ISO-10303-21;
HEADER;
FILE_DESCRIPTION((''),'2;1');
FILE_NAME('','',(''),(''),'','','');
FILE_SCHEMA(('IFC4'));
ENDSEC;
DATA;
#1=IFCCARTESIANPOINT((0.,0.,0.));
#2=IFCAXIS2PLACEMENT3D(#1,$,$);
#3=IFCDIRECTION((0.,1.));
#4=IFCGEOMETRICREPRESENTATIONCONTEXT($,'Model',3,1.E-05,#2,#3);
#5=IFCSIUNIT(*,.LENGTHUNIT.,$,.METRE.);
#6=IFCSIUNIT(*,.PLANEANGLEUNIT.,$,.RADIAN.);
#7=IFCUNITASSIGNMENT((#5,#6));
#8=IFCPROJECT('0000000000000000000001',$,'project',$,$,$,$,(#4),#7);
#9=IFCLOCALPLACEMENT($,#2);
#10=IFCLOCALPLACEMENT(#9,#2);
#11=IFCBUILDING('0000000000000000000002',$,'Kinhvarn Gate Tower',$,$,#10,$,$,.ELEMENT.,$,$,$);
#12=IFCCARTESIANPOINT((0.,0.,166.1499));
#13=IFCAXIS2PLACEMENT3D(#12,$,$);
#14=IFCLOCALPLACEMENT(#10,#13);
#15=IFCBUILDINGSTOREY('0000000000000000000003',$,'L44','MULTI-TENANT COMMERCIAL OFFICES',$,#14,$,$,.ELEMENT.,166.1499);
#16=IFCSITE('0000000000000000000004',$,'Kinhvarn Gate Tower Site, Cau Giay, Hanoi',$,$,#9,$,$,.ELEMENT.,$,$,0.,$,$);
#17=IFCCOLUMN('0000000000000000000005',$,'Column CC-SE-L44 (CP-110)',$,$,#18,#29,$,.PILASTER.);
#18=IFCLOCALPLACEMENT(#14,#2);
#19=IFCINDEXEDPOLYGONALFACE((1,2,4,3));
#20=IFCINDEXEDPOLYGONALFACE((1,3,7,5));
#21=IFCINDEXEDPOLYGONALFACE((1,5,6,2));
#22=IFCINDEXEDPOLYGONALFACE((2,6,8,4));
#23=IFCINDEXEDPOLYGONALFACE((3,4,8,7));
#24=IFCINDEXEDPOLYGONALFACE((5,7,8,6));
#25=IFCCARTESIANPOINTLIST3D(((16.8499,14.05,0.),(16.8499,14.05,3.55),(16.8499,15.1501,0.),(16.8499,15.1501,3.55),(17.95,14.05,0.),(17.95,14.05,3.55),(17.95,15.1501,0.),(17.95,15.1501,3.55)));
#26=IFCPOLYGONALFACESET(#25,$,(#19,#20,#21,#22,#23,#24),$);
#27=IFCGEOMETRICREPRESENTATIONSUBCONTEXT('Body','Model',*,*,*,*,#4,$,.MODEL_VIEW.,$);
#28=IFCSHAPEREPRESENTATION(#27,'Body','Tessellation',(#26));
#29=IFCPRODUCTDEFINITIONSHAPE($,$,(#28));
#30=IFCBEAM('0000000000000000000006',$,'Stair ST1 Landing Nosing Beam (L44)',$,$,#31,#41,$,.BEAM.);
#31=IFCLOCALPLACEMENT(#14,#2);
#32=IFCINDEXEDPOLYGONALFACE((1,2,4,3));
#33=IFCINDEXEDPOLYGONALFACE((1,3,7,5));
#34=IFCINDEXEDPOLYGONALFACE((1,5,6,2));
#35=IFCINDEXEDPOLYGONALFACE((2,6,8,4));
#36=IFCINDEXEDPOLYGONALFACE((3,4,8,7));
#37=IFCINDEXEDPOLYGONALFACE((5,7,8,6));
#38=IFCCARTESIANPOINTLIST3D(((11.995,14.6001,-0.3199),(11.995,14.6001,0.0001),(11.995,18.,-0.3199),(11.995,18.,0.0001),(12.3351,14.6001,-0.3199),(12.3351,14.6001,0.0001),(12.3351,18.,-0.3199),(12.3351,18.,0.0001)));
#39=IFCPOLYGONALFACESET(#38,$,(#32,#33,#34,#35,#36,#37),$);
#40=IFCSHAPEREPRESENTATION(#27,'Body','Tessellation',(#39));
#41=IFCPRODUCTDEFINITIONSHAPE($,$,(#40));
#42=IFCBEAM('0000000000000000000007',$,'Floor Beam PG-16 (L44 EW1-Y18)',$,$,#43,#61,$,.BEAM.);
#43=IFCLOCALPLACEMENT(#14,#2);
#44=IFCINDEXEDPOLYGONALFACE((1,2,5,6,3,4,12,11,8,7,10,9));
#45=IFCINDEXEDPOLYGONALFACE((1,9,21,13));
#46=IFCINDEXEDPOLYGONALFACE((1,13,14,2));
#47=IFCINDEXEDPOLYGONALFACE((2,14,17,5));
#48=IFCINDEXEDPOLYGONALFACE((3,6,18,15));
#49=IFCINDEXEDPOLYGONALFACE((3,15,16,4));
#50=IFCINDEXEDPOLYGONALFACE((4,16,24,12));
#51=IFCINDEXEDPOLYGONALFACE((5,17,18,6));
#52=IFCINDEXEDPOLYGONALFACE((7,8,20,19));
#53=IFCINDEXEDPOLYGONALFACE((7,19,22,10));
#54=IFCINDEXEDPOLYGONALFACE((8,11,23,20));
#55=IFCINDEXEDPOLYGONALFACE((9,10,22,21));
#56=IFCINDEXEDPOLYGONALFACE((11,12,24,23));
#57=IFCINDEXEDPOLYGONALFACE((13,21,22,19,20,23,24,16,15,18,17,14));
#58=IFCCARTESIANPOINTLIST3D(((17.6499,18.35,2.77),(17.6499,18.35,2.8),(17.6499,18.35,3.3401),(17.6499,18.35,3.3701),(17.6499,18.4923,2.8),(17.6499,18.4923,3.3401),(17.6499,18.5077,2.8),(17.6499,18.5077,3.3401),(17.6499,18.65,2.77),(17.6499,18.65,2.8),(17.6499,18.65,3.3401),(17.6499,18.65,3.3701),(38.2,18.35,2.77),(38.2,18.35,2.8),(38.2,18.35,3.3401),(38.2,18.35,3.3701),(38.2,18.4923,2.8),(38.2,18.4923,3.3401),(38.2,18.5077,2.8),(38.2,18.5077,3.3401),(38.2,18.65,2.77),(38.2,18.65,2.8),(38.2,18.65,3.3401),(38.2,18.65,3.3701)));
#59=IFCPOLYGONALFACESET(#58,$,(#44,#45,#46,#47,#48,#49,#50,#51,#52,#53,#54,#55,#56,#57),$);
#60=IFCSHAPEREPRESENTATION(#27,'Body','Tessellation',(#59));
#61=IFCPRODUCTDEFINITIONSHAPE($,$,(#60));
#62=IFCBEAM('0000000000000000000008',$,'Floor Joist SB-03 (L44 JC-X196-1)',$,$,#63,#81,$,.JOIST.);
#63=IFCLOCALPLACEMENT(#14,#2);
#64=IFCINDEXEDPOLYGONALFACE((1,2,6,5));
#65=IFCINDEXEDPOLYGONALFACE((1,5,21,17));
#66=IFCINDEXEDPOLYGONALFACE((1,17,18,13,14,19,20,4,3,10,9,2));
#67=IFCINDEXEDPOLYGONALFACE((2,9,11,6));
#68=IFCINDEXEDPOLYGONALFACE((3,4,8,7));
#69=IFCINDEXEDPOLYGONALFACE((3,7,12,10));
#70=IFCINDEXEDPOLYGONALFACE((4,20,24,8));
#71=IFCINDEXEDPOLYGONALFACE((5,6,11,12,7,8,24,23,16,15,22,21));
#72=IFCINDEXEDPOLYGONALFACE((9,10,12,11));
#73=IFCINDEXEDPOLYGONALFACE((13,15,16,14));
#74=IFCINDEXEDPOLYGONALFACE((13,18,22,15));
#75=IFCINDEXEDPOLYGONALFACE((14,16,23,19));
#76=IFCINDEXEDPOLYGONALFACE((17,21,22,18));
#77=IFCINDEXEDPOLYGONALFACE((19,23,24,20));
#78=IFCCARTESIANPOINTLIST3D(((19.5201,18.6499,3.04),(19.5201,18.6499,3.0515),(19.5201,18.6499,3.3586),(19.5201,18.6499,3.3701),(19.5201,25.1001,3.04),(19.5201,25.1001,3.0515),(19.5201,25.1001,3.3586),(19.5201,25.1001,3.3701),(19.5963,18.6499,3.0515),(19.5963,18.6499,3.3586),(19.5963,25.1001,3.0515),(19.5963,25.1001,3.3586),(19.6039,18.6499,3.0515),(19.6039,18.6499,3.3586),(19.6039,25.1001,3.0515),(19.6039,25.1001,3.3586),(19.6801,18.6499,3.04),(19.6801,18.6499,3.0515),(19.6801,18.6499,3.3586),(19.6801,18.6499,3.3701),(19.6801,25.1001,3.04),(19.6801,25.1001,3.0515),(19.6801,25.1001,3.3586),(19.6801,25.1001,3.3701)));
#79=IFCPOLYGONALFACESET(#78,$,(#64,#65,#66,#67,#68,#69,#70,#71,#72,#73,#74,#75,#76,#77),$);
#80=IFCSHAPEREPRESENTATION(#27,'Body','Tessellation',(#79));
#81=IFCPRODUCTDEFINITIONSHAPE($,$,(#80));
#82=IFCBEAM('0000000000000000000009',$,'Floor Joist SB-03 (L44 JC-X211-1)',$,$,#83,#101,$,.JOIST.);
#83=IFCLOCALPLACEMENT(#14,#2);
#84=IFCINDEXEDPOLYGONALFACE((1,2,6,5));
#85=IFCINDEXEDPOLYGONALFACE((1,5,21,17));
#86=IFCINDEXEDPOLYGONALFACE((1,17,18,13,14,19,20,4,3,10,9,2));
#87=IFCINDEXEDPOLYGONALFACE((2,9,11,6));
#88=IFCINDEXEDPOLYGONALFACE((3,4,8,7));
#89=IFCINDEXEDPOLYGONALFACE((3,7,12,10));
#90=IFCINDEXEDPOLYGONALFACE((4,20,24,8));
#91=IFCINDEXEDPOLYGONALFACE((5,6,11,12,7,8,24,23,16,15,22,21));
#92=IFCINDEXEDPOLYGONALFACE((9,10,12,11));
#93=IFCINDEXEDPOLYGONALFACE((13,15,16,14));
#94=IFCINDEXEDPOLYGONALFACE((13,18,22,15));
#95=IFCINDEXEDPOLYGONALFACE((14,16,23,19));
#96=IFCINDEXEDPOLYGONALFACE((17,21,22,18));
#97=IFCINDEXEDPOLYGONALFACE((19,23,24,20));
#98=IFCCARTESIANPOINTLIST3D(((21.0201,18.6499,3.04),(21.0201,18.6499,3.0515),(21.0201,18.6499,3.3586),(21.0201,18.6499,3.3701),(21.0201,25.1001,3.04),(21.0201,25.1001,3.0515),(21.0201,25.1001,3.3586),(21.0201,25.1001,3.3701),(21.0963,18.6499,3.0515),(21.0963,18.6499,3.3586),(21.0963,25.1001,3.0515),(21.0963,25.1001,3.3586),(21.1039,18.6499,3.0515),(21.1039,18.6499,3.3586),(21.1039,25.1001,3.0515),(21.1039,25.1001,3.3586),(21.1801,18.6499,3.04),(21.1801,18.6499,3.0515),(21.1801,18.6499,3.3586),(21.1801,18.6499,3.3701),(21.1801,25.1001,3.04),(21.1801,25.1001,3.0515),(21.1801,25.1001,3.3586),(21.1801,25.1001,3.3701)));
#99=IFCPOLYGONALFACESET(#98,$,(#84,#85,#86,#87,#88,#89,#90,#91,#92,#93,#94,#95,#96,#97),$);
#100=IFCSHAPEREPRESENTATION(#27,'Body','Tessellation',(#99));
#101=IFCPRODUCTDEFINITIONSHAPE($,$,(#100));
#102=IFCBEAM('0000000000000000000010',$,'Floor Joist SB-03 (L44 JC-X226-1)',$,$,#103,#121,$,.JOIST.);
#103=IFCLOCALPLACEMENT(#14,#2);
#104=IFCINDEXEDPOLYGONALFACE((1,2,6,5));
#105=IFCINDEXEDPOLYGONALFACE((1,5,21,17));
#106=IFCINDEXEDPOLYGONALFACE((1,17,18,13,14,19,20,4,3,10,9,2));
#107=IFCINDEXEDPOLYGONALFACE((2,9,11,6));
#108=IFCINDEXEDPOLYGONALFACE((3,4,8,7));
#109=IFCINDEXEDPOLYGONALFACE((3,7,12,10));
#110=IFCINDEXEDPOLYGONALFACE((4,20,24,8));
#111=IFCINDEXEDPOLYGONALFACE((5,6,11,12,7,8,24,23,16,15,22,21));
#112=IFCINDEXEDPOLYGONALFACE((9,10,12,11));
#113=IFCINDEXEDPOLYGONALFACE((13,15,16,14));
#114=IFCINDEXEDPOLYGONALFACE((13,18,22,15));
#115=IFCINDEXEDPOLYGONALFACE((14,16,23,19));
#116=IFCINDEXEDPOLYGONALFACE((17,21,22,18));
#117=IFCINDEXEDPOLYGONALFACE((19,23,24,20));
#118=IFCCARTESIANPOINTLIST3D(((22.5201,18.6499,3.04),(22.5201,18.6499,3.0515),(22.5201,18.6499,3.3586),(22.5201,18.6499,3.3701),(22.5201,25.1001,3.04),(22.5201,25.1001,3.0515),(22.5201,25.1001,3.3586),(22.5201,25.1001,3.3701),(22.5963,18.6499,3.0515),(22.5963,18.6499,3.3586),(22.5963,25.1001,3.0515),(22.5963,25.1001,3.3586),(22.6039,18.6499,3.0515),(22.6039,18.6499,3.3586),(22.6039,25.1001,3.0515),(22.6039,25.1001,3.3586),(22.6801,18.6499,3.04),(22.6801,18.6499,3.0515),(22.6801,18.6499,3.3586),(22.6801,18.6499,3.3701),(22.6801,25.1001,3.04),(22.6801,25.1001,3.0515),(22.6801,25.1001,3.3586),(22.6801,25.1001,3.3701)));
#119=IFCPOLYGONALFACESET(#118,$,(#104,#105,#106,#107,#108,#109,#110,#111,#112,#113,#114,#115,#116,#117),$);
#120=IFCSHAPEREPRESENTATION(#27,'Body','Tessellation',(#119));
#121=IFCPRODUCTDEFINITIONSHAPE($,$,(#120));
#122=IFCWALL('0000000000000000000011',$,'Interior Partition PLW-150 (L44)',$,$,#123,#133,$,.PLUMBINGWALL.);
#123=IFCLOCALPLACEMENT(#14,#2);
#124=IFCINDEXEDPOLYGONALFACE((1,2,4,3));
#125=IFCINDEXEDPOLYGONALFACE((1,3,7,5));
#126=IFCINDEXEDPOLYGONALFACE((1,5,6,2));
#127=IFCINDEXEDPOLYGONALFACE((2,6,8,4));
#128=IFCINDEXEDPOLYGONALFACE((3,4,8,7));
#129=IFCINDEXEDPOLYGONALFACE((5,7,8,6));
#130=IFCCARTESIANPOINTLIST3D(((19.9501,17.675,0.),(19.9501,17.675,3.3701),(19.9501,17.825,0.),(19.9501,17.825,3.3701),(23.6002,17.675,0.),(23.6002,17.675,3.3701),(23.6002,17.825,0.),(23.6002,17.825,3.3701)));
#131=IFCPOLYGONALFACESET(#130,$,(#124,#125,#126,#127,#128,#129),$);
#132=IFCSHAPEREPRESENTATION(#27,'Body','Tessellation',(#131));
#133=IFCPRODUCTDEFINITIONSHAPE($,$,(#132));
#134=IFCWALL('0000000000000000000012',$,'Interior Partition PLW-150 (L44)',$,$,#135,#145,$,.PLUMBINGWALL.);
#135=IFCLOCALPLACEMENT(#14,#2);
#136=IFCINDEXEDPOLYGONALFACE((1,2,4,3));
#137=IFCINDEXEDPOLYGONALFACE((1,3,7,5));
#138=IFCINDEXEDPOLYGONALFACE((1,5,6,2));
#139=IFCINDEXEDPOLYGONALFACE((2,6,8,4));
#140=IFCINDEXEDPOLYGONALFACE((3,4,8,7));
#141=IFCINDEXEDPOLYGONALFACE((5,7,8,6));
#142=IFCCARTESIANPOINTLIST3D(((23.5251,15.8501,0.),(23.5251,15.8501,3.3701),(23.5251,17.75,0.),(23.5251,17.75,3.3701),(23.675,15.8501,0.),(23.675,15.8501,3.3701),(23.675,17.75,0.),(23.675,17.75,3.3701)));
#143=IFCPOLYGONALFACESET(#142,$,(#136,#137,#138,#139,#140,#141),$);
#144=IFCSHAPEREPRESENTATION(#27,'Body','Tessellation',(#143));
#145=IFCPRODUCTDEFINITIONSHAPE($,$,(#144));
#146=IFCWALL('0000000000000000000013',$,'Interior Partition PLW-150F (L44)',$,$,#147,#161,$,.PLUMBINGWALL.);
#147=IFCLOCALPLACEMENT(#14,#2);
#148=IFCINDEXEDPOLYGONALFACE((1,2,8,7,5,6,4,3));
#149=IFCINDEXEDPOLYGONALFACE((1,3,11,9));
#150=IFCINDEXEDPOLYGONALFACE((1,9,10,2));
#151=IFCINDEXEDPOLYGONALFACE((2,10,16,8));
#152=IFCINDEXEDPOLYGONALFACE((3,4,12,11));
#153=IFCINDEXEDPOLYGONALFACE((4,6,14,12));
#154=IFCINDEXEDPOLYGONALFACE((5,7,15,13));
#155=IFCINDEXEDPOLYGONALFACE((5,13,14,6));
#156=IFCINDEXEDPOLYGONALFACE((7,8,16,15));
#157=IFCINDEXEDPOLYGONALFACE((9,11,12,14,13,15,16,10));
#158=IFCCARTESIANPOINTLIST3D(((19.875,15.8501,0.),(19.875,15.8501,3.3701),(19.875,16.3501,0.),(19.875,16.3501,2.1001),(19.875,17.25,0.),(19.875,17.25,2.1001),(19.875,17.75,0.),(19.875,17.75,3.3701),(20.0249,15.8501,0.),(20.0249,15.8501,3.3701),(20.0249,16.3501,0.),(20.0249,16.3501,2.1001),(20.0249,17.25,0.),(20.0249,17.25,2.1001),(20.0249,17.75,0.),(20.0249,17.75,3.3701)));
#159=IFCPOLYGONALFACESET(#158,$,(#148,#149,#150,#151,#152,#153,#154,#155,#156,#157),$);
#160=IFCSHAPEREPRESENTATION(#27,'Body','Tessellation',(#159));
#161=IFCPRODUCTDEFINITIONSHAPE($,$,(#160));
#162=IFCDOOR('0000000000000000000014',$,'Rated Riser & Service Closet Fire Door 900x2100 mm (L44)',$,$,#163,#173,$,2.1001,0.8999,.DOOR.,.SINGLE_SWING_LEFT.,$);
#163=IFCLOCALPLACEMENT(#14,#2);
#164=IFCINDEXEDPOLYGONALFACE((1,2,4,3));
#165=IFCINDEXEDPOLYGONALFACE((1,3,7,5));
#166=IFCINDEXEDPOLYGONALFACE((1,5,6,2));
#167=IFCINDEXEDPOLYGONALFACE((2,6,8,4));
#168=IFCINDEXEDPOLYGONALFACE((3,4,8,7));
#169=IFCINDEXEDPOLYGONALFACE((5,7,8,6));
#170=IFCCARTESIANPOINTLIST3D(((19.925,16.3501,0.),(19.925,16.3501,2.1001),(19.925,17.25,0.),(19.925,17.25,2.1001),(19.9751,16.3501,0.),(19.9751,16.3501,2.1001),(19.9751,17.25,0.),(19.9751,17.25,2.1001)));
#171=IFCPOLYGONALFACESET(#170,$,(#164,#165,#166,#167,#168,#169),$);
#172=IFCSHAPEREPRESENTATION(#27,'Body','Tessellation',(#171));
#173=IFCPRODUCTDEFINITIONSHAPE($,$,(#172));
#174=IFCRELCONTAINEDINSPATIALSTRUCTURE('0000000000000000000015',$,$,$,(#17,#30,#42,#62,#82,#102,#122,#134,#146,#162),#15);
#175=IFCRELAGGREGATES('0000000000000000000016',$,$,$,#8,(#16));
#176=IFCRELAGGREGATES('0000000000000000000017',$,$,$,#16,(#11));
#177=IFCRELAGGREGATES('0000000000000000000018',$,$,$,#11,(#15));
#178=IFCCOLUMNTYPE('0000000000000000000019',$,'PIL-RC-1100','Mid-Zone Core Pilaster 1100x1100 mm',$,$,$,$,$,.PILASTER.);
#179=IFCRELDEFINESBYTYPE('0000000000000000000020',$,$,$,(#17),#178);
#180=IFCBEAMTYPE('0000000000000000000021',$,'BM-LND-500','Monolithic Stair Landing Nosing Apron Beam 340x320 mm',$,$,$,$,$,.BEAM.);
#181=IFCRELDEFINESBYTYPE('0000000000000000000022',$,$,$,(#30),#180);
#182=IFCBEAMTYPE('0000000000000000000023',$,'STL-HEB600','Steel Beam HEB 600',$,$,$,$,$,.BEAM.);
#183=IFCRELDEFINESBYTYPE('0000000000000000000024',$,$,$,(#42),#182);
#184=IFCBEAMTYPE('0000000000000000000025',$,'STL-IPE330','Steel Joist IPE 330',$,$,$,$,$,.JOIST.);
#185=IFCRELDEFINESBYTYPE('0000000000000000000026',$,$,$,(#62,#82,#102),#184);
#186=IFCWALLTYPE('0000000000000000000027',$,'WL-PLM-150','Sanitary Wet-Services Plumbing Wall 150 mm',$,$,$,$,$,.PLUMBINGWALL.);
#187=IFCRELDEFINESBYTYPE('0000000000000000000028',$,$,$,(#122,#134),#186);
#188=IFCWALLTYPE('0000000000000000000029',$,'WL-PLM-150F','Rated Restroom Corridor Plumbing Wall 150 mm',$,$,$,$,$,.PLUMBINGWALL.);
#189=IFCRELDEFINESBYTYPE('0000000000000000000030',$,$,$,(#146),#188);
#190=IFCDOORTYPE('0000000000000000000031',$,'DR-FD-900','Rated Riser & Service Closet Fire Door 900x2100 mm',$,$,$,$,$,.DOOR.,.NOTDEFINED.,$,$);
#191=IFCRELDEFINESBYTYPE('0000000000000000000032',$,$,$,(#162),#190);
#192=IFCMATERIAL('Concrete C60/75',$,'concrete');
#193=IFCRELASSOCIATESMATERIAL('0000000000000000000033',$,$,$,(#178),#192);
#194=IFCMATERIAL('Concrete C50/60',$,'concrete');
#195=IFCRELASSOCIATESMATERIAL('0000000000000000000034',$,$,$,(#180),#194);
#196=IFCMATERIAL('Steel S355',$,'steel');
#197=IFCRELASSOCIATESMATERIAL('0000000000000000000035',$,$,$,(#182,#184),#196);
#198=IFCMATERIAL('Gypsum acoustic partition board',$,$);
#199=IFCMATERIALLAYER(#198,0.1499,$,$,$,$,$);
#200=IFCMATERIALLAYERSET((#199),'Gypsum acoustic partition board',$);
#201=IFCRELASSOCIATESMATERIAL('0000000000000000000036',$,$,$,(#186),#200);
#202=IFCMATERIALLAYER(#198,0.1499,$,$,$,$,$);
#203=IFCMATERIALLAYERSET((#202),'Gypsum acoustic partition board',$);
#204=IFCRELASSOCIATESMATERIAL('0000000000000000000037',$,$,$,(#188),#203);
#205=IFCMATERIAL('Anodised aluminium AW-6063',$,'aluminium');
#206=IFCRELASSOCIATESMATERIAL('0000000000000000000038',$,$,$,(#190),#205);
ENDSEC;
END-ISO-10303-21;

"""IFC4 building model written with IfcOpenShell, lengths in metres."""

from ifc_helpers import new_model, si_unit, direction, frame, frame_2d, origin, origin_2d, place, context, subcontext, project, spatial, rectangle, i_section, extrude, material, layer, layer_set, material_profile, profile_set, type_object, element, fill, save


model = new_model("IFC4")

# Units and contexts
model_context = context("Model", 3, precision=1e-05, world=origin(), true_north=direction((0.0, 1.0)))
body_context = subcontext(model_context, "Body", "Model", "MODEL_VIEW")
ifc_project = project(units=[si_unit("LENGTHUNIT", "METRE"), si_unit("PLANEANGLEUNIT", "RADIAN")], contexts=[model_context])

# Site, building, storey
site_placement = place(None, origin())
site = spatial("IfcSite", under=ifc_project, at=site_placement, Name="Kinhvarn Gate Tower Site, Cau Giay, Hanoi", CompositionType="ELEMENT", RefElevation=0.0)
building_placement = place(site_placement, origin())
building = spatial("IfcBuilding", under=site, at=building_placement, Name="Kinhvarn Gate Tower", CompositionType="ELEMENT")
storey_placement = place(building_placement, frame((0.0, 0.0, 166.1499)))
storey = spatial("IfcBuildingStorey", under=building, at=storey_placement, Name="L44", Description="MULTI-TENANT COMMERCIAL OFFICES", CompositionType="ELEMENT", Elevation=166.1499)

# Column
ifc_material_1 = material(Name="Concrete C60/75", Category="concrete")
ifc_material_profile_1 = material_profile(ifc_material_1, rectangle(XDim=1.1001, YDim=1.1001, at=origin_2d()), Name="RC 1100x1100")
ifc_profile_set_1 = profile_set([ifc_material_profile_1], Name="Concrete C60/75")
column_type = type_object("IfcColumnType", Name="PIL-RC-1100", Description="Mid-Zone Core Pilaster 1100x1100 mm", PredefinedType="PILASTER", material=ifc_profile_set_1)
column_placement = place(storey_placement, frame((17.3999, 14.6001, 0.0), z_axis=(0.0, 0.0, 1.0), x_axis=(1.0, 0.0, 0.0)))
element("IfcColumn", 1, at=column_placement, inside=storey, type_object=column_type, Name="Column CC-SE-L44 (CP-110)", PredefinedType="PILASTER", context=body_context, shape_type="SweptSolid", body=[
    extrude(rectangle(XDim=1.1001, YDim=1.1001, at=origin_2d()), origin(), (0.0, 0.0, 1.0), 3.55),
])

# Beams
ifc_material_2 = material(Name="Concrete C50/60", Category="concrete")
ifc_material_profile_2 = material_profile(ifc_material_2, rectangle(XDim=0.3401, YDim=0.3201, at=origin_2d()), Name="RC 340x320")
ifc_profile_set_2 = profile_set([ifc_material_profile_2], Name="Concrete C50/60")
beam_type_1 = type_object("IfcBeamType", Name="BM-LND-500", Description="Monolithic Stair Landing Nosing Apron Beam 340x320 mm", PredefinedType="BEAM", material=ifc_profile_set_2)
beam_1_placement = place(storey_placement, frame((12.165, 14.6001, -0.1599), z_axis=(0.0, 1.0, 0.0), x_axis=(-1.0, 0.0, 0.0)))
element("IfcBeam", 2, at=beam_1_placement, inside=storey, type_object=beam_type_1, Name="Stair ST1 Landing Nosing Beam (L44)", PredefinedType="BEAM", context=body_context, shape_type="SweptSolid", body=[
    extrude(rectangle(XDim=0.3401, YDim=0.3201, at=origin_2d()), origin(), (0.0, 0.0, 1.0), 3.3999),
])
ifc_material_3 = material(Name="Steel S355", Category="steel")
ifc_material_profile_3 = material_profile(ifc_material_3, i_section(OverallWidth=0.3, OverallDepth=0.6001, WebThickness=0.0154, FlangeThickness=0.03, at=origin_2d()), Name="HEB 600")
ifc_profile_set_3 = profile_set([ifc_material_profile_3], Name="Steel S355")
beam_type_2 = type_object("IfcBeamType", Name="STL-HEB600", Description="Steel Beam HEB 600", PredefinedType="BEAM", material=ifc_profile_set_3)
beam_2_placement = place(storey_placement, frame((17.6499, 18.5, 3.0701), z_axis=(1.0, 0.0, 0.0), x_axis=(0.0, 1.0, 0.0)))
element("IfcBeam", 3, at=beam_2_placement, inside=storey, type_object=beam_type_2, Name="Floor Beam PG-16 (L44 EW1-Y18)", PredefinedType="BEAM", context=body_context, shape_type="SweptSolid", body=[
    extrude(i_section(OverallWidth=0.3, OverallDepth=0.6001, WebThickness=0.0154, FlangeThickness=0.03, at=origin_2d()), origin(), (0.0, 0.0, 1.0), 20.55),
])
ifc_material_profile_4 = material_profile(ifc_material_3, i_section(OverallWidth=0.1599, OverallDepth=0.3301, WebThickness=0.0076, FlangeThickness=0.0115, at=origin_2d()), Name="IPE 330")
ifc_profile_set_4 = profile_set([ifc_material_profile_4], Name="Steel S355")
beam_type_3 = type_object("IfcBeamType", Name="STL-IPE330", Description="Steel Joist IPE 330", PredefinedType="JOIST", material=ifc_profile_set_4)
for number, where, z_axis, x_axis, name in (
    (4, (19.6001, 18.6499, 3.2051), (0.0, 1.0, 0.0), (-1.0, 0.0, 0.0), "Floor Joist SB-03 (L44 JC-X196-1)"),
    (5, (21.1001, 18.6499, 3.2051), (0.0, 1.0, 0.0), (-1.0, 0.0, 0.0), "Floor Joist SB-03 (L44 JC-X211-1)"),
    (6, (22.6001, 18.6499, 3.2051), (0.0, 1.0, 0.0), (-1.0, 0.0, 0.0), "Floor Joist SB-03 (L44 JC-X226-1)"),
):
    element("IfcBeam", number, at=place(storey_placement, frame(where, z_axis=z_axis, x_axis=x_axis)), inside=storey, type_object=beam_type_3, Name=name, PredefinedType="JOIST", context=body_context, shape_type="SweptSolid", body=[
        extrude(i_section(OverallWidth=0.1599, OverallDepth=0.3301, WebThickness=0.0076, FlangeThickness=0.0115, at=origin_2d()), origin(), (0.0, 0.0, 1.0), 6.4502),
    ])

# Shared definitions
ifc_material_4 = material(Name="Anodised aluminium AW-6063", Category="aluminium")

# Walls
ifc_material_5 = material(Name="Gypsum acoustic partition board")
ifc_layer_1 = layer(ifc_material_5, 0.1499)
ifc_layer_set_1 = layer_set([ifc_layer_1], Name="Gypsum acoustic partition board")
wall_type_1 = type_object("IfcWallType", Name="WL-PLM-150", Description="Sanitary Wet-Services Plumbing Wall 150 mm", PredefinedType="PLUMBINGWALL", material=ifc_layer_set_1)
wall_1_placement = place(storey_placement, frame((19.95, 17.75, 0.0), z_axis=(0.0, 0.0, 1.0), x_axis=(1.0, 0.0, 0.0)))
element("IfcWall", 7, at=wall_1_placement, inside=storey, type_object=wall_type_1, Name="Interior Partition PLW-150 (L44)", PredefinedType="PLUMBINGWALL", context=body_context, shape_type="SweptSolid", body=[
    extrude(rectangle(XDim=3.6501, YDim=0.1499, at=frame_2d((1.8252, 0.0))), origin(), (0.0, 0.0, 1.0), 3.3701),
])
wall_2_placement = place(storey_placement, frame((23.6001, 15.8501, 0.0), z_axis=(0.0, 0.0, 1.0), x_axis=(0.0, 1.0, 0.0)))
element("IfcWall", 8, at=wall_2_placement, inside=storey, type_object=wall_type_1, Name="Interior Partition PLW-150 (L44)", PredefinedType="PLUMBINGWALL", context=body_context, shape_type="SweptSolid", body=[
    extrude(rectangle(XDim=1.8999, YDim=0.1499, at=frame_2d((0.95, 0.0))), origin(), (0.0, 0.0, 1.0), 3.3701),
])

# Wall, opening, door
ifc_layer_2 = layer(ifc_material_5, 0.1499)
ifc_layer_set_2 = layer_set([ifc_layer_2], Name="Gypsum acoustic partition board")
wall_type_2 = type_object("IfcWallType", Name="WL-PLM-150F", Description="Rated Restroom Corridor Plumbing Wall 150 mm", PredefinedType="PLUMBINGWALL", material=ifc_layer_set_2)
wall_3_placement = place(storey_placement, frame((19.95, 15.8501, 0.0), z_axis=(0.0, 0.0, 1.0), x_axis=(0.0, 1.0, 0.0)))
wall_3 = element("IfcWall", 9, at=wall_3_placement, inside=storey, type_object=wall_type_2, Name="Interior Partition PLW-150F (L44)", PredefinedType="PLUMBINGWALL", context=body_context, shape_type="SweptSolid", body=[
    extrude(rectangle(XDim=1.8999, YDim=0.1499, at=frame_2d((0.95, 0.0))), origin(), (0.0, 0.0, 1.0), 3.3701),
])
opening_1_placement = place(wall_3_placement, frame((0.5, 0.0, 0.0)))
opening_1 = element("IfcOpeningElement", 10, at=opening_1_placement, cuts=wall_3, PredefinedType="OPENING", context=body_context, shape_type="SweptSolid", body=[
    extrude(rectangle(XDim=0.8999, YDim=2.1001, at=frame_2d((0.45, 1.05))), frame((0.0, 0.085, 0.0), z_axis=(0.0, -1.0, 0.0), x_axis=(1.0, 0.0, 0.0)), (0.0, 0.0, 1.0), 0.1699),
])
door_type_1 = type_object("IfcDoorType", Name="DR-FD-900", Description="Rated Riser & Service Closet Fire Door 900x2100 mm", OperationType="NOTDEFINED", PredefinedType="DOOR", material=ifc_material_4)
door_1_placement = place(opening_1_placement, origin())
door_1 = element("IfcDoor", 11, at=door_1_placement, inside=storey, type_object=door_type_1, Name="Rated Riser & Service Closet Fire Door 900x2100 mm (L44)", OperationType="SINGLE_SWING_LEFT", OverallHeight=2.1001, OverallWidth=0.8999, PredefinedType="DOOR", context=body_context, shape_type="SweptSolid", body=[
    extrude(rectangle(XDim=0.8999, YDim=2.1001, at=frame_2d((0.45, 1.05))), frame((0.0, 0.0249, 0.0), z_axis=(0.0, -1.0, 0.0), x_axis=(1.0, 0.0, 0.0)), (0.0, 0.0, 1.0), 0.05),
])
fill(opening_1, door_1)

save(model, "model.ifc")
